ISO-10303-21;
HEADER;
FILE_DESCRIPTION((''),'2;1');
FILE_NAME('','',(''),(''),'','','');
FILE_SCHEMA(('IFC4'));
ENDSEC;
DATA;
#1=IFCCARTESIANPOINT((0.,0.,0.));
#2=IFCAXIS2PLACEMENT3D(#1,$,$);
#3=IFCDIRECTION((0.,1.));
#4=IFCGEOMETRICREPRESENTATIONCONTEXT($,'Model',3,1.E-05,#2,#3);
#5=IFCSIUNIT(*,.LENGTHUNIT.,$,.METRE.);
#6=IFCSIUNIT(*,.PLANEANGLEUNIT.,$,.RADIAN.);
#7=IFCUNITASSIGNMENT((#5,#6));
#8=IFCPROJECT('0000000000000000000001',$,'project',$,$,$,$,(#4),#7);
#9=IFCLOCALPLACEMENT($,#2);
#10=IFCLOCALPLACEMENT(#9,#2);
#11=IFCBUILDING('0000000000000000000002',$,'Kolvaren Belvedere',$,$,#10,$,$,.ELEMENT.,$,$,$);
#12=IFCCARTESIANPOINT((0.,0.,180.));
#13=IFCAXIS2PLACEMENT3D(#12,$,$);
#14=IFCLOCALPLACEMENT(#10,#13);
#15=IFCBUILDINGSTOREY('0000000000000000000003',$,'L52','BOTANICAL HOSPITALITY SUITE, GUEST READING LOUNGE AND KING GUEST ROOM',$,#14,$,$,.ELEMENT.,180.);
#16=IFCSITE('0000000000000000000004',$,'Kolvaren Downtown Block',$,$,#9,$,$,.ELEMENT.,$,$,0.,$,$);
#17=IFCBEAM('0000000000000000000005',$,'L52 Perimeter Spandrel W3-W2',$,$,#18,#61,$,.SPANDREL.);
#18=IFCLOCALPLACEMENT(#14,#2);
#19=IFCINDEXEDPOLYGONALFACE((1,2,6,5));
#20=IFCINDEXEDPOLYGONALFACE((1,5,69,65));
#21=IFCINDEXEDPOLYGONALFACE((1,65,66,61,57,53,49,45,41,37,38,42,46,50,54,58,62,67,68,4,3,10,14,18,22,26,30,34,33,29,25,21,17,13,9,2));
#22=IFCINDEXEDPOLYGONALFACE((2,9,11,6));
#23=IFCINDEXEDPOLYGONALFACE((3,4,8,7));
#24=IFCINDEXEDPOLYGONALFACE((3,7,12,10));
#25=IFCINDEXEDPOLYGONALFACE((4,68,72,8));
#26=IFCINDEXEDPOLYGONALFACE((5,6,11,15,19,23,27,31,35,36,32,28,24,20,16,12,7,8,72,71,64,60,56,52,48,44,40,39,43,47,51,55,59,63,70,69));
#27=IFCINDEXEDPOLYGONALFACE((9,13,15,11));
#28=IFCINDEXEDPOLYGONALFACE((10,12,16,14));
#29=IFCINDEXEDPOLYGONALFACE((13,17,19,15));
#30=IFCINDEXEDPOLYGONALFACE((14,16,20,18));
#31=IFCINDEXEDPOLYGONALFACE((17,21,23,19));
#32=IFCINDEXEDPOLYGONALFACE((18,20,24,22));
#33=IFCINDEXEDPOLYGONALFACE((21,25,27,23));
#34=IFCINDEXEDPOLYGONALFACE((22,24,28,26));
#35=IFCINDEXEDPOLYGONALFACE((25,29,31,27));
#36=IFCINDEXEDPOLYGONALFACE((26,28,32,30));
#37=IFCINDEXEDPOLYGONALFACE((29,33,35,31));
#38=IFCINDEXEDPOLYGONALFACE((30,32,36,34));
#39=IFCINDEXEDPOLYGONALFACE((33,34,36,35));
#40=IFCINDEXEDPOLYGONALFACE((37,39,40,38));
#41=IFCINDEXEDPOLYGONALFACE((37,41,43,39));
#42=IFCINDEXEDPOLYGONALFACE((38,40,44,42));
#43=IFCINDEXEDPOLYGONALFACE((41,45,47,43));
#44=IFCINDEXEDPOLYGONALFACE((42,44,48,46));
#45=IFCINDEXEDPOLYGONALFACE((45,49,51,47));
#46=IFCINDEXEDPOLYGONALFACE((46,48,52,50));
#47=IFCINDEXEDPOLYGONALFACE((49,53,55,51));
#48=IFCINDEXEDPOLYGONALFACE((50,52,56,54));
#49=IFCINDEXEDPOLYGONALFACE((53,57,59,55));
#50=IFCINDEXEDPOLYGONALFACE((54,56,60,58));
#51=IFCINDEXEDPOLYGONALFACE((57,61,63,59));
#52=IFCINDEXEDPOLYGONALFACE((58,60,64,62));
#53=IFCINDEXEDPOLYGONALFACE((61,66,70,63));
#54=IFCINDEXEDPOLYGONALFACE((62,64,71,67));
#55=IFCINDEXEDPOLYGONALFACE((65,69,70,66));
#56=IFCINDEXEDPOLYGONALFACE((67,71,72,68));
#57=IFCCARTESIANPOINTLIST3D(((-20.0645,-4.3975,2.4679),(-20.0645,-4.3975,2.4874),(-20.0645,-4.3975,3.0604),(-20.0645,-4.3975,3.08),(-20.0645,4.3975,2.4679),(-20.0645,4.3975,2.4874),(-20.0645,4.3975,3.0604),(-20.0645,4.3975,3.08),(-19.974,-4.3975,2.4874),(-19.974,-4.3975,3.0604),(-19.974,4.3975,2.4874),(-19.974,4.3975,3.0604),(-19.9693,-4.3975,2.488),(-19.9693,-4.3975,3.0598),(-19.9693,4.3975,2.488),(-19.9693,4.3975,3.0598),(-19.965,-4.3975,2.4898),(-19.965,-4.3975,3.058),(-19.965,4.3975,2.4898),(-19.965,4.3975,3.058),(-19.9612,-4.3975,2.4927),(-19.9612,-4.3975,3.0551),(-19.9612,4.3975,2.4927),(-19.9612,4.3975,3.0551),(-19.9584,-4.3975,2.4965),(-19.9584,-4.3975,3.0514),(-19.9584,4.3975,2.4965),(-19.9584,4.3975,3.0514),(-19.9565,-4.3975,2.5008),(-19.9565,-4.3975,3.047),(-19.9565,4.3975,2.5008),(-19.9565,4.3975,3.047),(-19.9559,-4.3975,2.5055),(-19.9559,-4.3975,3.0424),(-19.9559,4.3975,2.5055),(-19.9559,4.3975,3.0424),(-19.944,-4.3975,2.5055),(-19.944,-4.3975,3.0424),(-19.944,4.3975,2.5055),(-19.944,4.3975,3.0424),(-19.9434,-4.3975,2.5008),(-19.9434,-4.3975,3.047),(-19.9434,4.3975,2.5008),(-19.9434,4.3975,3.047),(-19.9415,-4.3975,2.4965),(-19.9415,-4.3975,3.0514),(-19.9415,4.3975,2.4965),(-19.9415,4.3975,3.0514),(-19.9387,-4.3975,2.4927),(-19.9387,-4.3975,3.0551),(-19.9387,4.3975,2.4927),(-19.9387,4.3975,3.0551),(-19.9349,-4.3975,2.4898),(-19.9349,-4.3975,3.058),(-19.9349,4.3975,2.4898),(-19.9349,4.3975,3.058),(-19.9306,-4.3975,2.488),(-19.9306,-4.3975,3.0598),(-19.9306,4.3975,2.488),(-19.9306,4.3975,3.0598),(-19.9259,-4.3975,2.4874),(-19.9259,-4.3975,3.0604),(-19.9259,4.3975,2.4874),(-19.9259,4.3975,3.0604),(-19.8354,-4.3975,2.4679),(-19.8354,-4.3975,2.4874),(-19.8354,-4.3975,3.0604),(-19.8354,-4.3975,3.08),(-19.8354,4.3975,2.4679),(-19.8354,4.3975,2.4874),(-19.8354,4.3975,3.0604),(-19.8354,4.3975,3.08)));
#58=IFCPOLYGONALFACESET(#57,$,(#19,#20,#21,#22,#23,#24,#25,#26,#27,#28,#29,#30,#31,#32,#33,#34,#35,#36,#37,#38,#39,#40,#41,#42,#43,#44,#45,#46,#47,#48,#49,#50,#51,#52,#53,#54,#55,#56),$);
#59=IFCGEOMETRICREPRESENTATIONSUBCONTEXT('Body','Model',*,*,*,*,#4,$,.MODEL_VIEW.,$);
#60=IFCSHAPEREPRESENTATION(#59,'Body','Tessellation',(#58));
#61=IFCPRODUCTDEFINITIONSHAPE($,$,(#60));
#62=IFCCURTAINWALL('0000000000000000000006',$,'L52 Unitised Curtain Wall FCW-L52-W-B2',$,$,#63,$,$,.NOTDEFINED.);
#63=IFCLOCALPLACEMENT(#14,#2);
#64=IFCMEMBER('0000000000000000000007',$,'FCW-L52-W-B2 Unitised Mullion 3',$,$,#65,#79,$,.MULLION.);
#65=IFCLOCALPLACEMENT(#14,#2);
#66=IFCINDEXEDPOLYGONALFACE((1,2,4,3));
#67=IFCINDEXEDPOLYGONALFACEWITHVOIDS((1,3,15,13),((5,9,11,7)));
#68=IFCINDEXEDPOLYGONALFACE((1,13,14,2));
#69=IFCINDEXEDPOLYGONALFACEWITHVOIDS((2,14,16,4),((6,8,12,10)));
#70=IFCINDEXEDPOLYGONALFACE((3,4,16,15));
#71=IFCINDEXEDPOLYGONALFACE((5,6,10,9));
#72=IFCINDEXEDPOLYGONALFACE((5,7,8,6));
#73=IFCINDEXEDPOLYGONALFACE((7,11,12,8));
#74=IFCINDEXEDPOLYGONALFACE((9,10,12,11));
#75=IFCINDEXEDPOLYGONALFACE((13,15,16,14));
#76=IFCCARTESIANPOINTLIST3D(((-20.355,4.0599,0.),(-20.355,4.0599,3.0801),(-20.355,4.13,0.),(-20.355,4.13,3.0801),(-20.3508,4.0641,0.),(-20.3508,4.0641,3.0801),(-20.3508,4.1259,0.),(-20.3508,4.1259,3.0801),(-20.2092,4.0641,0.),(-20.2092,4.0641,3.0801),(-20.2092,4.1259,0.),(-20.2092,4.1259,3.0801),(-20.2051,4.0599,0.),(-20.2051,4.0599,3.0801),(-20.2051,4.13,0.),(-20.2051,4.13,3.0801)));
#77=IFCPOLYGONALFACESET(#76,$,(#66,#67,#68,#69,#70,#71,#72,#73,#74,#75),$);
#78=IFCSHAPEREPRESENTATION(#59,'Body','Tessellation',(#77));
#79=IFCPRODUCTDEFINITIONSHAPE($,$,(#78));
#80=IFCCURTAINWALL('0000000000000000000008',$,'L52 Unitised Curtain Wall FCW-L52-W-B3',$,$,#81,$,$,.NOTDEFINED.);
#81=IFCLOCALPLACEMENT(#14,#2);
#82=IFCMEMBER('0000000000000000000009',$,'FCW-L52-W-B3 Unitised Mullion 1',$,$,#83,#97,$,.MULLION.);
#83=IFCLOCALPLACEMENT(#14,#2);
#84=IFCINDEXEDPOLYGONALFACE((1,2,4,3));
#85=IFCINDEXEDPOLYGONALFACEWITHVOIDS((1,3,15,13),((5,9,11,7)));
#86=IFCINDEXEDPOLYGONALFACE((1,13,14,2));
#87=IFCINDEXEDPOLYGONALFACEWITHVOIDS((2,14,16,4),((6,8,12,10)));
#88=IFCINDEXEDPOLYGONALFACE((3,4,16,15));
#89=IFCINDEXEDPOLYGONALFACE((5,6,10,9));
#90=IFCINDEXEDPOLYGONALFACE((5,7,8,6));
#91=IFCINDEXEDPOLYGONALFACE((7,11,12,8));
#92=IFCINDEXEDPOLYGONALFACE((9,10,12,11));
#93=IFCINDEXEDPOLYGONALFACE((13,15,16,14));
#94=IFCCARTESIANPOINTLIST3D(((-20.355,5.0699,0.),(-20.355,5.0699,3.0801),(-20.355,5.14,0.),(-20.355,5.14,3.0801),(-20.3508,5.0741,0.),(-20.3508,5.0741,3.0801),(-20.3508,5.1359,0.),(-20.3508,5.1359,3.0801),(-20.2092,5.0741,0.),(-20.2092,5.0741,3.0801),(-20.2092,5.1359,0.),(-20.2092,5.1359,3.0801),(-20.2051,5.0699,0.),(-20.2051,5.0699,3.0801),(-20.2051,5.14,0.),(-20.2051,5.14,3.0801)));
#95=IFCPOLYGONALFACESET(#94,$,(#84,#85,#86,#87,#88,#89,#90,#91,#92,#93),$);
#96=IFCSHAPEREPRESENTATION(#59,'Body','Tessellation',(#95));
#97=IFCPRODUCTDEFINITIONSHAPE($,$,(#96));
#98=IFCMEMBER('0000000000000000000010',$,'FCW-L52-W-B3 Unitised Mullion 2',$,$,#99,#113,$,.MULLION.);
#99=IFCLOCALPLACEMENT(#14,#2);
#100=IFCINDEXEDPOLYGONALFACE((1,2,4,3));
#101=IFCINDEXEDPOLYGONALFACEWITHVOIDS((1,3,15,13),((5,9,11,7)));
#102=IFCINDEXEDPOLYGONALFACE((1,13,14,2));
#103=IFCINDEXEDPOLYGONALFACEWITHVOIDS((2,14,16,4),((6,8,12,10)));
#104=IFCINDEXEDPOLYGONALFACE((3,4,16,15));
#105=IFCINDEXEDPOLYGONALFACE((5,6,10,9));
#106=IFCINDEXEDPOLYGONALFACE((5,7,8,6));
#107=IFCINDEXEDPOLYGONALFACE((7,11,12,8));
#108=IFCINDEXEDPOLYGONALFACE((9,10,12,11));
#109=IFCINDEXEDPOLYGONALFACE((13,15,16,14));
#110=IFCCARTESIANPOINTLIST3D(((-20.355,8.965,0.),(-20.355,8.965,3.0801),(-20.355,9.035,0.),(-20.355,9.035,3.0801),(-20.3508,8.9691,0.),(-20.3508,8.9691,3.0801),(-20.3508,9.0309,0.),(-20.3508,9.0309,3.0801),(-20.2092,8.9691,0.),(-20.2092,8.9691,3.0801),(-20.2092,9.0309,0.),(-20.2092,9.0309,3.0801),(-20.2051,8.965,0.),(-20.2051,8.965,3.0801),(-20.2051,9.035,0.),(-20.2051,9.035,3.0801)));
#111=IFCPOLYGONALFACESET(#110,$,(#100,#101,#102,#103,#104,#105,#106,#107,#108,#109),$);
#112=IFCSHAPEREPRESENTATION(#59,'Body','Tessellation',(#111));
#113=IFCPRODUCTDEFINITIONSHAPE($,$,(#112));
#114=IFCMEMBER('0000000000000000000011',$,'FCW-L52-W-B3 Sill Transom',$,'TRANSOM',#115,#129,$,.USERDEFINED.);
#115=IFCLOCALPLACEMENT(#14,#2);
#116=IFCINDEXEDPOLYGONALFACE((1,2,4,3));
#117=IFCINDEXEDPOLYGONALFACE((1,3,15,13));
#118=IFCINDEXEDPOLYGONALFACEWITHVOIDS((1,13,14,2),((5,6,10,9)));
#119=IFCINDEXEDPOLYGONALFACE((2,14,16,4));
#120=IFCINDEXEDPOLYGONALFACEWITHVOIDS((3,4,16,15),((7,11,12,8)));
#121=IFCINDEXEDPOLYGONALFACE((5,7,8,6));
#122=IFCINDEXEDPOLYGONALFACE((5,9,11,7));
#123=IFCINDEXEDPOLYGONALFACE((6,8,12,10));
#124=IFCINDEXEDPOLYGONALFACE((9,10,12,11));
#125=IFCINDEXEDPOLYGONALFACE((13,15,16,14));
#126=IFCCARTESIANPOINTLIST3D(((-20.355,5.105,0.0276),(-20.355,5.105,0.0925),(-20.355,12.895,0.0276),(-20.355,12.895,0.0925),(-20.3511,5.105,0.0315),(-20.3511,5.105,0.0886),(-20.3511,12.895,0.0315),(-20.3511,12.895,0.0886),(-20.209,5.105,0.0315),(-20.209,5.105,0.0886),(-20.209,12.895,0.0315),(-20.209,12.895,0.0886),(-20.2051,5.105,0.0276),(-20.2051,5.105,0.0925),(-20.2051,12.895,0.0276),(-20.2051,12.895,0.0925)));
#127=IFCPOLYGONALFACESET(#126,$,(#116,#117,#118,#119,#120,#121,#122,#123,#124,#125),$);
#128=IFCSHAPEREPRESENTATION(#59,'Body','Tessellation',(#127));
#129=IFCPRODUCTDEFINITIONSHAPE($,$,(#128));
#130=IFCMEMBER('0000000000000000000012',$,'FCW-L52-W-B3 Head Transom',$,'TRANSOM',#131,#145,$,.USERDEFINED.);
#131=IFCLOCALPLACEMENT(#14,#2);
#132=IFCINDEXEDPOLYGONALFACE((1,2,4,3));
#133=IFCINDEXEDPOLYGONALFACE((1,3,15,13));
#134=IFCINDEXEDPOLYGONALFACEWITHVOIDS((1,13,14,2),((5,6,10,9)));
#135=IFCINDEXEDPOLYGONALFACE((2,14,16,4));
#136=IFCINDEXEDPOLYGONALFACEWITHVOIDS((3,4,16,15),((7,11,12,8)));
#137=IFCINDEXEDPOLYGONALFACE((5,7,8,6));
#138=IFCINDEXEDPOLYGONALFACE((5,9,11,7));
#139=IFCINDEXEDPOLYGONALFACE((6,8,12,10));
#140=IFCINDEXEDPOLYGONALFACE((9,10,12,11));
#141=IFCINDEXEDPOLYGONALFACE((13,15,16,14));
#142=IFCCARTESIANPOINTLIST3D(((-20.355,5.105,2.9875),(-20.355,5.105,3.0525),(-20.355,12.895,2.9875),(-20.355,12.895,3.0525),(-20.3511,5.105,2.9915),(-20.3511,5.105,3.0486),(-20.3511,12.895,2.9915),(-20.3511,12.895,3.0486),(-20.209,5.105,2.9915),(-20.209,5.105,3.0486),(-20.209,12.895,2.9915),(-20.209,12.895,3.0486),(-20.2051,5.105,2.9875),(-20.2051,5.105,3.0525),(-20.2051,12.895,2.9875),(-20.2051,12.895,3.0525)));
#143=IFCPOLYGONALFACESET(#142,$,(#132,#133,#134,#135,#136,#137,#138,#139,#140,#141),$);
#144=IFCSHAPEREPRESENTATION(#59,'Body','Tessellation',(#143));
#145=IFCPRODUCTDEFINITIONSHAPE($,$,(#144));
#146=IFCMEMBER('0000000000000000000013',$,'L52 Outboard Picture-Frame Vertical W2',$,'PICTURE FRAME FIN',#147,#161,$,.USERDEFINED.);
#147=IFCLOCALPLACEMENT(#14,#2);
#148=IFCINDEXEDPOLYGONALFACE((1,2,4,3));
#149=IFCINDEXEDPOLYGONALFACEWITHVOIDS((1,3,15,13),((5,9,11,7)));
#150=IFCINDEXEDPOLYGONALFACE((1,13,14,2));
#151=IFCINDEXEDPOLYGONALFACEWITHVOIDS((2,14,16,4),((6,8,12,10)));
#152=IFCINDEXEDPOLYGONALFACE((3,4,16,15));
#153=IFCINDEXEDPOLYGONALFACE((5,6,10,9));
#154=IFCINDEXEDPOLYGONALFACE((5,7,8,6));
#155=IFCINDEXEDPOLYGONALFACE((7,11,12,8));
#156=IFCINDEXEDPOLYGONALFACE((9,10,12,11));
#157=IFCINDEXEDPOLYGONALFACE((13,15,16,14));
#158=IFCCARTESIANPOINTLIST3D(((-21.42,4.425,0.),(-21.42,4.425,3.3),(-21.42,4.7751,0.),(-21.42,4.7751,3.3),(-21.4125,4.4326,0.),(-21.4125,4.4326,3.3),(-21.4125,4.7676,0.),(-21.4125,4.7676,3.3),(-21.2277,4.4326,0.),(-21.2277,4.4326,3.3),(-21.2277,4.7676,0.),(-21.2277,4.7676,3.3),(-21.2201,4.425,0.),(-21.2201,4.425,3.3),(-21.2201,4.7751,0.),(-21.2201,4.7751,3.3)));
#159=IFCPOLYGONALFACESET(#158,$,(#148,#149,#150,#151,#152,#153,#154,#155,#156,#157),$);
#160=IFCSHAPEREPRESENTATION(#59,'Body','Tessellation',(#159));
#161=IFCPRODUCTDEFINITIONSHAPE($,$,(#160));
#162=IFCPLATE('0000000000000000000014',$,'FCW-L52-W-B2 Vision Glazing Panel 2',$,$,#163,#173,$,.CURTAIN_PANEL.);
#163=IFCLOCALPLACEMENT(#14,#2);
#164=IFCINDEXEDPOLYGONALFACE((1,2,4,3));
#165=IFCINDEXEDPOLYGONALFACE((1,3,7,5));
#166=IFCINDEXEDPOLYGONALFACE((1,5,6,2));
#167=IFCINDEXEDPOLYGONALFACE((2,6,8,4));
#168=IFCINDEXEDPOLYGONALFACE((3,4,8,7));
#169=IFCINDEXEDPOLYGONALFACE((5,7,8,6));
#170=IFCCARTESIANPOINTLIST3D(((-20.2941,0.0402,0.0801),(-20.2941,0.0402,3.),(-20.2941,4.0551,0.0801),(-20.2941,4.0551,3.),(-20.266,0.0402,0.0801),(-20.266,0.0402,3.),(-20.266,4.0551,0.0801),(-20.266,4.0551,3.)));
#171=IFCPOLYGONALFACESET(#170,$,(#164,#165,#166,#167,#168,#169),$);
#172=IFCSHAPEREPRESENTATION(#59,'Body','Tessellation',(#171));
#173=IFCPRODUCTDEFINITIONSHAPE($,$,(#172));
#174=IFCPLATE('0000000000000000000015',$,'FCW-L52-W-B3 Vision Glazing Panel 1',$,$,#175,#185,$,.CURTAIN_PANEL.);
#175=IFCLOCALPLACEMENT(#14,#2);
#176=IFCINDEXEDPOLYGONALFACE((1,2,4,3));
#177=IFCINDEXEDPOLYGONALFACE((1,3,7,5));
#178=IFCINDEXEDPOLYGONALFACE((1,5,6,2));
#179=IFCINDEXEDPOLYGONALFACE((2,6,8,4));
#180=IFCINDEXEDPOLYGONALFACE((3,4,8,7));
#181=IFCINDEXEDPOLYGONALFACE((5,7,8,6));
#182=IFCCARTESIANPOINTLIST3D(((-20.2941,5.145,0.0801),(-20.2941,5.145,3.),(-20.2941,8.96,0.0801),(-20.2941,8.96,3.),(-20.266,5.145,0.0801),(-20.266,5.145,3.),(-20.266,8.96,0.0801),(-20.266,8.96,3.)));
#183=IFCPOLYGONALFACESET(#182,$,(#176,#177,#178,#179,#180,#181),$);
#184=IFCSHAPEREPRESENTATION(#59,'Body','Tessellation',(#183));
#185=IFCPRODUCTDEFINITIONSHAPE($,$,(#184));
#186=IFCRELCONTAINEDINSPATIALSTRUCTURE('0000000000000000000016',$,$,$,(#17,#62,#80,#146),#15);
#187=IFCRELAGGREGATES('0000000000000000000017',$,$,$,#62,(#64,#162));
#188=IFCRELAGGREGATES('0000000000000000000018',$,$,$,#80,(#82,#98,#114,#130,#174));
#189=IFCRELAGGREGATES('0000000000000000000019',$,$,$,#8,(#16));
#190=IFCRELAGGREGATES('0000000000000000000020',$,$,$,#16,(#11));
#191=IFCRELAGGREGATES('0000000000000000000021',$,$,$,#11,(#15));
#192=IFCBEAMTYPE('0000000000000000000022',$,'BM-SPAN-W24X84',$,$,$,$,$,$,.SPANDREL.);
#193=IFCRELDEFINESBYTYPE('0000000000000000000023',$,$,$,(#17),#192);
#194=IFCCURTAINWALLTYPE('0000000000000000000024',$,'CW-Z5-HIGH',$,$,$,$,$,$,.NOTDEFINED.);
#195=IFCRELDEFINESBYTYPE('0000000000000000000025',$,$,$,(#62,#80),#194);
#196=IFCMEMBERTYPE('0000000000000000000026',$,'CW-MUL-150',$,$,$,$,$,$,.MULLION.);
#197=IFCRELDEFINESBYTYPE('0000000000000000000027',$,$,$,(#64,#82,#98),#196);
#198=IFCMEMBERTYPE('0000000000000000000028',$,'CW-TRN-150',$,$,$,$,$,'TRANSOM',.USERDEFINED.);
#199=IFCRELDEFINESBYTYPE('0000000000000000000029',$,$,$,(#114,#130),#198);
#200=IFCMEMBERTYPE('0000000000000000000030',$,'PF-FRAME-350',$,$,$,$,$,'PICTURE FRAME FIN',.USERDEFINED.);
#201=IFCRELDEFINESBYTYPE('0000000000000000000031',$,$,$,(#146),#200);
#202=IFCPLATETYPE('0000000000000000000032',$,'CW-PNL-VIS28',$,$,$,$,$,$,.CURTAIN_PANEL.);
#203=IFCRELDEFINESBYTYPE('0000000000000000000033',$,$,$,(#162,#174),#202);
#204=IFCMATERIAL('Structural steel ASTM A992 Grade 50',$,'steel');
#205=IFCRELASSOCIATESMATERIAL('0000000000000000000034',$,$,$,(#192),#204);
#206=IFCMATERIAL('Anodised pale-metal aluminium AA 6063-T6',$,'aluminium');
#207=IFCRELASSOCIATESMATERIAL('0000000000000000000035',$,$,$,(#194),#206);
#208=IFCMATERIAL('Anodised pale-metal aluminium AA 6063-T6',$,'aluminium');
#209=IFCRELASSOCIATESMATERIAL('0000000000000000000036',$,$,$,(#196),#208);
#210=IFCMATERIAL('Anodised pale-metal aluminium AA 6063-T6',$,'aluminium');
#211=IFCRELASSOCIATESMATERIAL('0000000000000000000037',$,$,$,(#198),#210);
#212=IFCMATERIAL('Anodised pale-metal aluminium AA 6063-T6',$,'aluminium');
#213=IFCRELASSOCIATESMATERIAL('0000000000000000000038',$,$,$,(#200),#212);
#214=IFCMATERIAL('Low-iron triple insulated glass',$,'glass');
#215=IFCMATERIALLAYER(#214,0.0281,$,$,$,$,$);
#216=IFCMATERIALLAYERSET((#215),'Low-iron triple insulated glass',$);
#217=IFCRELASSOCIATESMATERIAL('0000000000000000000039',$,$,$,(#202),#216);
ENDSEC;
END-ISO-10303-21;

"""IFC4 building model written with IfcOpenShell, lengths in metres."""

from ifc_helpers import new_model, si_unit, direction, frame, origin, origin_2d, place, context, subcontext, project, spatial, rectangle, hollow_rectangle, i_section, extrude, material, layer, layer_set, material_profile, profile_set, type_object, element, aggregate, save


model = new_model("IFC4")

# Units and contexts
model_context = context("Model", 3, precision=1e-05, world=origin(), true_north=direction((0.0, 1.0)))
body_context = subcontext(model_context, "Body", "Model", "MODEL_VIEW")
ifc_project = project(units=[si_unit("LENGTHUNIT", "METRE"), si_unit("PLANEANGLEUNIT", "RADIAN")], contexts=[model_context])

# Site, building, storey
site_placement = place(None, origin())
site = spatial("IfcSite", under=ifc_project, at=site_placement, Name="Kolvaren Downtown Block", CompositionType="ELEMENT", RefElevation=0.0)
building_placement = place(site_placement, origin())
building = spatial("IfcBuilding", under=site, at=building_placement, Name="Kolvaren Belvedere", CompositionType="ELEMENT")
storey_placement = place(building_placement, frame((0.0, 0.0, 180.0)))
storey = spatial("IfcBuildingStorey", under=building, at=storey_placement, Name="L52", Description="BOTANICAL HOSPITALITY SUITE, GUEST READING LOUNGE AND KING GUEST ROOM", CompositionType="ELEMENT", Elevation=180.0)

# Beam
ifc_material_1 = material(Name="Structural steel ASTM A992 Grade 50", Category="steel")
ifc_material_profile_1 = material_profile(ifc_material_1, i_section(OverallWidth=0.229, OverallDepth=0.6121, WebThickness=0.012, FlangeThickness=0.0195, FilletRadius=0.0181, at=origin_2d()), Name="W24X84")
ifc_profile_set_1 = profile_set([ifc_material_profile_1], Name="Structural steel ASTM A992 Grade 50")
beam_type_1 = type_object("IfcBeamType", Name="BM-SPAN-W24X84", PredefinedType="SPANDREL", material=ifc_profile_set_1)
beam_1_placement = place(storey_placement, frame((-19.95, 4.3975, 2.7739), z_axis=(0.0, -1.0, 0.0), x_axis=(1.0, 0.0, 0.0)))
element("IfcBeam", 1, at=beam_1_placement, inside=storey, type_object=beam_type_1, Name="L52 Perimeter Spandrel W3-W2", PredefinedType="SPANDREL", context=body_context, shape_type="SweptSolid", body=[
    extrude(i_section(OverallWidth=0.229, OverallDepth=0.6121, WebThickness=0.012, FlangeThickness=0.0195, FilletRadius=0.0181, at=origin_2d()), origin(), (0.0, 0.0, 1.0), 8.7949),
])

# Curtain wall, member
ifc_material_2 = material(Name="Anodised pale-metal aluminium AA 6063-T6", Category="aluminium")
curtain_wall_type = type_object("IfcCurtainWallType", Name="CW-Z5-HIGH", PredefinedType="NOTDEFINED", material=ifc_material_2)
curtain_wall_1_placement = place(storey_placement, origin())
curtain_wall_1 = element("IfcCurtainWall", 2, at=curtain_wall_1_placement, inside=storey, type_object=curtain_wall_type, Name="L52 Unitised Curtain Wall FCW-L52-W-B2", PredefinedType="NOTDEFINED")
ifc_material_3 = material(Name="Anodised pale-metal aluminium AA 6063-T6", Category="aluminium")
ifc_material_profile_2 = material_profile(ifc_material_3, hollow_rectangle(XDim=0.0701, YDim=0.1499, WallThickness=0.0042, at=origin_2d()), Name="ALU-MUL-150X70")
ifc_profile_set_2 = profile_set([ifc_material_profile_2], Name="Anodised pale-metal aluminium AA 6063-T6")
member_type_1 = type_object("IfcMemberType", Name="CW-MUL-150", PredefinedType="MULLION", material=ifc_profile_set_2)
member_1_placement = place(storey_placement, frame((-20.28, 4.095, 0.0), z_axis=(0.0, 0.0, 1.0), x_axis=(0.0, 1.0, 0.0)))
member_1 = element("IfcMember", 3, at=member_1_placement, type_object=member_type_1, Name="FCW-L52-W-B2 Unitised Mullion 3", PredefinedType="MULLION", context=body_context, shape_type="SweptSolid", body=[
    extrude(hollow_rectangle(XDim=0.0701, YDim=0.1499, WallThickness=0.0042, at=origin_2d()), origin(), (0.0, 0.0, 1.0), 3.0801),
])

# Curtain wall, members
curtain_wall_2_placement = place(storey_placement, origin())
curtain_wall_2 = element("IfcCurtainWall", 4, at=curtain_wall_2_placement, inside=storey, type_object=curtain_wall_type, Name="L52 Unitised Curtain Wall FCW-L52-W-B3", PredefinedType="NOTDEFINED")
member_2_placement = place(storey_placement, frame((-20.28, 5.105, 0.0), z_axis=(0.0, 0.0, 1.0), x_axis=(0.0, 1.0, 0.0)))
member_2 = element("IfcMember", 5, at=member_2_placement, type_object=member_type_1, Name="FCW-L52-W-B3 Unitised Mullion 1", PredefinedType="MULLION", context=body_context, shape_type="SweptSolid", body=[
    extrude(hollow_rectangle(XDim=0.0701, YDim=0.1499, WallThickness=0.0042, at=origin_2d()), origin(), (0.0, 0.0, 1.0), 3.0801),
])
member_3_placement = place(storey_placement, frame((-20.28, 9.0, 0.0), z_axis=(0.0, 0.0, 1.0), x_axis=(0.0, 1.0, 0.0)))
member_3 = element("IfcMember", 6, at=member_3_placement, type_object=member_type_1, Name="FCW-L52-W-B3 Unitised Mullion 2", PredefinedType="MULLION", context=body_context, shape_type="SweptSolid", body=[
    extrude(hollow_rectangle(XDim=0.0701, YDim=0.1499, WallThickness=0.0042, at=origin_2d()), origin(), (0.0, 0.0, 1.0), 3.0801),
])
ifc_material_4 = material(Name="Anodised pale-metal aluminium AA 6063-T6", Category="aluminium")
ifc_material_profile_3 = material_profile(ifc_material_4, hollow_rectangle(XDim=0.0649, YDim=0.1499, WallThickness=0.0039, at=origin_2d()), Name="ALU-TRN-150X65")
ifc_profile_set_3 = profile_set([ifc_material_profile_3], Name="Anodised pale-metal aluminium AA 6063-T6")
member_type_2 = type_object("IfcMemberType", Name="CW-TRN-150", ElementType="TRANSOM", PredefinedType="USERDEFINED", material=ifc_profile_set_3)
member_4_placement = place(storey_placement, frame((-20.28, 5.105, 0.0601), z_axis=(0.0, 1.0, 0.0), x_axis=(0.0, 0.0, 1.0)))
member_4 = element("IfcMember", 7, at=member_4_placement, type_object=member_type_2, Name="FCW-L52-W-B3 Sill Transom", ObjectType="TRANSOM", PredefinedType="USERDEFINED", context=body_context, shape_type="SweptSolid", body=[
    extrude(hollow_rectangle(XDim=0.0649, YDim=0.1499, WallThickness=0.0039, at=origin_2d()), origin(), (0.0, 0.0, 1.0), 7.79),
])
member_5_placement = place(storey_placement, frame((-20.28, 5.105, 3.02), z_axis=(0.0, 1.0, 0.0), x_axis=(0.0, 0.0, 1.0)))
member_5 = element("IfcMember", 8, at=member_5_placement, type_object=member_type_2, Name="FCW-L52-W-B3 Head Transom", ObjectType="TRANSOM", PredefinedType="USERDEFINED", context=body_context, shape_type="SweptSolid", body=[
    extrude(hollow_rectangle(XDim=0.0649, YDim=0.1499, WallThickness=0.0039, at=origin_2d()), origin(), (0.0, 0.0, 1.0), 7.79),
])

# Member
ifc_material_5 = material(Name="Anodised pale-metal aluminium AA 6063-T6", Category="aluminium")
ifc_material_profile_4 = material_profile(ifc_material_5, hollow_rectangle(XDim=0.2, YDim=0.3501, WallThickness=0.0076, at=origin_2d()), Name="ALU-PF-350X200")
ifc_profile_set_4 = profile_set([ifc_material_profile_4], Name="Anodised pale-metal aluminium AA 6063-T6")
member_type_3 = type_object("IfcMemberType", Name="PF-FRAME-350", ElementType="PICTURE FRAME FIN", PredefinedType="USERDEFINED", material=ifc_profile_set_4)
member_6_placement = place(storey_placement, frame((-21.3201, 4.6001, 0.0), z_axis=(0.0, 0.0, 1.0), x_axis=(1.0, 0.0, 0.0)))
element("IfcMember", 9, at=member_6_placement, inside=storey, type_object=member_type_3, Name="L52 Outboard Picture-Frame Vertical W2", ObjectType="PICTURE FRAME FIN", PredefinedType="USERDEFINED", context=body_context, shape_type="SweptSolid", body=[
    extrude(hollow_rectangle(XDim=0.2, YDim=0.3501, WallThickness=0.0076, at=origin_2d()), origin(), (0.0, 0.0, 1.0), 3.3),
])

# Plates
ifc_material_6 = material(Name="Low-iron triple insulated glass", Category="glass")
ifc_layer_1 = layer(ifc_material_6, 0.0281)
ifc_layer_set_1 = layer_set([ifc_layer_1], Name="Low-iron triple insulated glass")
plate_type_1 = type_object("IfcPlateType", Name="CW-PNL-VIS28", PredefinedType="CURTAIN_PANEL", material=ifc_layer_set_1)
plate_1_placement = place(storey_placement, frame((-20.28, 2.0476, 0.0801), z_axis=(0.0, 0.0, 1.0), x_axis=(0.0, 1.0, 0.0)))
plate_1 = element("IfcPlate", 10, at=plate_1_placement, type_object=plate_type_1, Name="FCW-L52-W-B2 Vision Glazing Panel 2", PredefinedType="CURTAIN_PANEL", context=body_context, shape_type="SweptSolid", body=[
    extrude(rectangle(XDim=4.0149, YDim=0.0281, at=origin_2d()), origin(), (0.0, 0.0, 1.0), 2.9199),
])
aggregate(curtain_wall_1, [member_1, plate_1])
plate_2_placement = place(storey_placement, frame((-20.28, 7.0525, 0.0801), z_axis=(0.0, 0.0, 1.0), x_axis=(0.0, 1.0, 0.0)))
plate_2 = element("IfcPlate", 11, at=plate_2_placement, type_object=plate_type_1, Name="FCW-L52-W-B3 Vision Glazing Panel 1", PredefinedType="CURTAIN_PANEL", context=body_context, shape_type="SweptSolid", body=[
    extrude(rectangle(XDim=3.8149, YDim=0.0281, at=origin_2d()), origin(), (0.0, 0.0, 1.0), 2.9199),
])
aggregate(curtain_wall_2, [member_2, member_3, member_4, member_5, plate_2])

save(model, "model.ifc")
